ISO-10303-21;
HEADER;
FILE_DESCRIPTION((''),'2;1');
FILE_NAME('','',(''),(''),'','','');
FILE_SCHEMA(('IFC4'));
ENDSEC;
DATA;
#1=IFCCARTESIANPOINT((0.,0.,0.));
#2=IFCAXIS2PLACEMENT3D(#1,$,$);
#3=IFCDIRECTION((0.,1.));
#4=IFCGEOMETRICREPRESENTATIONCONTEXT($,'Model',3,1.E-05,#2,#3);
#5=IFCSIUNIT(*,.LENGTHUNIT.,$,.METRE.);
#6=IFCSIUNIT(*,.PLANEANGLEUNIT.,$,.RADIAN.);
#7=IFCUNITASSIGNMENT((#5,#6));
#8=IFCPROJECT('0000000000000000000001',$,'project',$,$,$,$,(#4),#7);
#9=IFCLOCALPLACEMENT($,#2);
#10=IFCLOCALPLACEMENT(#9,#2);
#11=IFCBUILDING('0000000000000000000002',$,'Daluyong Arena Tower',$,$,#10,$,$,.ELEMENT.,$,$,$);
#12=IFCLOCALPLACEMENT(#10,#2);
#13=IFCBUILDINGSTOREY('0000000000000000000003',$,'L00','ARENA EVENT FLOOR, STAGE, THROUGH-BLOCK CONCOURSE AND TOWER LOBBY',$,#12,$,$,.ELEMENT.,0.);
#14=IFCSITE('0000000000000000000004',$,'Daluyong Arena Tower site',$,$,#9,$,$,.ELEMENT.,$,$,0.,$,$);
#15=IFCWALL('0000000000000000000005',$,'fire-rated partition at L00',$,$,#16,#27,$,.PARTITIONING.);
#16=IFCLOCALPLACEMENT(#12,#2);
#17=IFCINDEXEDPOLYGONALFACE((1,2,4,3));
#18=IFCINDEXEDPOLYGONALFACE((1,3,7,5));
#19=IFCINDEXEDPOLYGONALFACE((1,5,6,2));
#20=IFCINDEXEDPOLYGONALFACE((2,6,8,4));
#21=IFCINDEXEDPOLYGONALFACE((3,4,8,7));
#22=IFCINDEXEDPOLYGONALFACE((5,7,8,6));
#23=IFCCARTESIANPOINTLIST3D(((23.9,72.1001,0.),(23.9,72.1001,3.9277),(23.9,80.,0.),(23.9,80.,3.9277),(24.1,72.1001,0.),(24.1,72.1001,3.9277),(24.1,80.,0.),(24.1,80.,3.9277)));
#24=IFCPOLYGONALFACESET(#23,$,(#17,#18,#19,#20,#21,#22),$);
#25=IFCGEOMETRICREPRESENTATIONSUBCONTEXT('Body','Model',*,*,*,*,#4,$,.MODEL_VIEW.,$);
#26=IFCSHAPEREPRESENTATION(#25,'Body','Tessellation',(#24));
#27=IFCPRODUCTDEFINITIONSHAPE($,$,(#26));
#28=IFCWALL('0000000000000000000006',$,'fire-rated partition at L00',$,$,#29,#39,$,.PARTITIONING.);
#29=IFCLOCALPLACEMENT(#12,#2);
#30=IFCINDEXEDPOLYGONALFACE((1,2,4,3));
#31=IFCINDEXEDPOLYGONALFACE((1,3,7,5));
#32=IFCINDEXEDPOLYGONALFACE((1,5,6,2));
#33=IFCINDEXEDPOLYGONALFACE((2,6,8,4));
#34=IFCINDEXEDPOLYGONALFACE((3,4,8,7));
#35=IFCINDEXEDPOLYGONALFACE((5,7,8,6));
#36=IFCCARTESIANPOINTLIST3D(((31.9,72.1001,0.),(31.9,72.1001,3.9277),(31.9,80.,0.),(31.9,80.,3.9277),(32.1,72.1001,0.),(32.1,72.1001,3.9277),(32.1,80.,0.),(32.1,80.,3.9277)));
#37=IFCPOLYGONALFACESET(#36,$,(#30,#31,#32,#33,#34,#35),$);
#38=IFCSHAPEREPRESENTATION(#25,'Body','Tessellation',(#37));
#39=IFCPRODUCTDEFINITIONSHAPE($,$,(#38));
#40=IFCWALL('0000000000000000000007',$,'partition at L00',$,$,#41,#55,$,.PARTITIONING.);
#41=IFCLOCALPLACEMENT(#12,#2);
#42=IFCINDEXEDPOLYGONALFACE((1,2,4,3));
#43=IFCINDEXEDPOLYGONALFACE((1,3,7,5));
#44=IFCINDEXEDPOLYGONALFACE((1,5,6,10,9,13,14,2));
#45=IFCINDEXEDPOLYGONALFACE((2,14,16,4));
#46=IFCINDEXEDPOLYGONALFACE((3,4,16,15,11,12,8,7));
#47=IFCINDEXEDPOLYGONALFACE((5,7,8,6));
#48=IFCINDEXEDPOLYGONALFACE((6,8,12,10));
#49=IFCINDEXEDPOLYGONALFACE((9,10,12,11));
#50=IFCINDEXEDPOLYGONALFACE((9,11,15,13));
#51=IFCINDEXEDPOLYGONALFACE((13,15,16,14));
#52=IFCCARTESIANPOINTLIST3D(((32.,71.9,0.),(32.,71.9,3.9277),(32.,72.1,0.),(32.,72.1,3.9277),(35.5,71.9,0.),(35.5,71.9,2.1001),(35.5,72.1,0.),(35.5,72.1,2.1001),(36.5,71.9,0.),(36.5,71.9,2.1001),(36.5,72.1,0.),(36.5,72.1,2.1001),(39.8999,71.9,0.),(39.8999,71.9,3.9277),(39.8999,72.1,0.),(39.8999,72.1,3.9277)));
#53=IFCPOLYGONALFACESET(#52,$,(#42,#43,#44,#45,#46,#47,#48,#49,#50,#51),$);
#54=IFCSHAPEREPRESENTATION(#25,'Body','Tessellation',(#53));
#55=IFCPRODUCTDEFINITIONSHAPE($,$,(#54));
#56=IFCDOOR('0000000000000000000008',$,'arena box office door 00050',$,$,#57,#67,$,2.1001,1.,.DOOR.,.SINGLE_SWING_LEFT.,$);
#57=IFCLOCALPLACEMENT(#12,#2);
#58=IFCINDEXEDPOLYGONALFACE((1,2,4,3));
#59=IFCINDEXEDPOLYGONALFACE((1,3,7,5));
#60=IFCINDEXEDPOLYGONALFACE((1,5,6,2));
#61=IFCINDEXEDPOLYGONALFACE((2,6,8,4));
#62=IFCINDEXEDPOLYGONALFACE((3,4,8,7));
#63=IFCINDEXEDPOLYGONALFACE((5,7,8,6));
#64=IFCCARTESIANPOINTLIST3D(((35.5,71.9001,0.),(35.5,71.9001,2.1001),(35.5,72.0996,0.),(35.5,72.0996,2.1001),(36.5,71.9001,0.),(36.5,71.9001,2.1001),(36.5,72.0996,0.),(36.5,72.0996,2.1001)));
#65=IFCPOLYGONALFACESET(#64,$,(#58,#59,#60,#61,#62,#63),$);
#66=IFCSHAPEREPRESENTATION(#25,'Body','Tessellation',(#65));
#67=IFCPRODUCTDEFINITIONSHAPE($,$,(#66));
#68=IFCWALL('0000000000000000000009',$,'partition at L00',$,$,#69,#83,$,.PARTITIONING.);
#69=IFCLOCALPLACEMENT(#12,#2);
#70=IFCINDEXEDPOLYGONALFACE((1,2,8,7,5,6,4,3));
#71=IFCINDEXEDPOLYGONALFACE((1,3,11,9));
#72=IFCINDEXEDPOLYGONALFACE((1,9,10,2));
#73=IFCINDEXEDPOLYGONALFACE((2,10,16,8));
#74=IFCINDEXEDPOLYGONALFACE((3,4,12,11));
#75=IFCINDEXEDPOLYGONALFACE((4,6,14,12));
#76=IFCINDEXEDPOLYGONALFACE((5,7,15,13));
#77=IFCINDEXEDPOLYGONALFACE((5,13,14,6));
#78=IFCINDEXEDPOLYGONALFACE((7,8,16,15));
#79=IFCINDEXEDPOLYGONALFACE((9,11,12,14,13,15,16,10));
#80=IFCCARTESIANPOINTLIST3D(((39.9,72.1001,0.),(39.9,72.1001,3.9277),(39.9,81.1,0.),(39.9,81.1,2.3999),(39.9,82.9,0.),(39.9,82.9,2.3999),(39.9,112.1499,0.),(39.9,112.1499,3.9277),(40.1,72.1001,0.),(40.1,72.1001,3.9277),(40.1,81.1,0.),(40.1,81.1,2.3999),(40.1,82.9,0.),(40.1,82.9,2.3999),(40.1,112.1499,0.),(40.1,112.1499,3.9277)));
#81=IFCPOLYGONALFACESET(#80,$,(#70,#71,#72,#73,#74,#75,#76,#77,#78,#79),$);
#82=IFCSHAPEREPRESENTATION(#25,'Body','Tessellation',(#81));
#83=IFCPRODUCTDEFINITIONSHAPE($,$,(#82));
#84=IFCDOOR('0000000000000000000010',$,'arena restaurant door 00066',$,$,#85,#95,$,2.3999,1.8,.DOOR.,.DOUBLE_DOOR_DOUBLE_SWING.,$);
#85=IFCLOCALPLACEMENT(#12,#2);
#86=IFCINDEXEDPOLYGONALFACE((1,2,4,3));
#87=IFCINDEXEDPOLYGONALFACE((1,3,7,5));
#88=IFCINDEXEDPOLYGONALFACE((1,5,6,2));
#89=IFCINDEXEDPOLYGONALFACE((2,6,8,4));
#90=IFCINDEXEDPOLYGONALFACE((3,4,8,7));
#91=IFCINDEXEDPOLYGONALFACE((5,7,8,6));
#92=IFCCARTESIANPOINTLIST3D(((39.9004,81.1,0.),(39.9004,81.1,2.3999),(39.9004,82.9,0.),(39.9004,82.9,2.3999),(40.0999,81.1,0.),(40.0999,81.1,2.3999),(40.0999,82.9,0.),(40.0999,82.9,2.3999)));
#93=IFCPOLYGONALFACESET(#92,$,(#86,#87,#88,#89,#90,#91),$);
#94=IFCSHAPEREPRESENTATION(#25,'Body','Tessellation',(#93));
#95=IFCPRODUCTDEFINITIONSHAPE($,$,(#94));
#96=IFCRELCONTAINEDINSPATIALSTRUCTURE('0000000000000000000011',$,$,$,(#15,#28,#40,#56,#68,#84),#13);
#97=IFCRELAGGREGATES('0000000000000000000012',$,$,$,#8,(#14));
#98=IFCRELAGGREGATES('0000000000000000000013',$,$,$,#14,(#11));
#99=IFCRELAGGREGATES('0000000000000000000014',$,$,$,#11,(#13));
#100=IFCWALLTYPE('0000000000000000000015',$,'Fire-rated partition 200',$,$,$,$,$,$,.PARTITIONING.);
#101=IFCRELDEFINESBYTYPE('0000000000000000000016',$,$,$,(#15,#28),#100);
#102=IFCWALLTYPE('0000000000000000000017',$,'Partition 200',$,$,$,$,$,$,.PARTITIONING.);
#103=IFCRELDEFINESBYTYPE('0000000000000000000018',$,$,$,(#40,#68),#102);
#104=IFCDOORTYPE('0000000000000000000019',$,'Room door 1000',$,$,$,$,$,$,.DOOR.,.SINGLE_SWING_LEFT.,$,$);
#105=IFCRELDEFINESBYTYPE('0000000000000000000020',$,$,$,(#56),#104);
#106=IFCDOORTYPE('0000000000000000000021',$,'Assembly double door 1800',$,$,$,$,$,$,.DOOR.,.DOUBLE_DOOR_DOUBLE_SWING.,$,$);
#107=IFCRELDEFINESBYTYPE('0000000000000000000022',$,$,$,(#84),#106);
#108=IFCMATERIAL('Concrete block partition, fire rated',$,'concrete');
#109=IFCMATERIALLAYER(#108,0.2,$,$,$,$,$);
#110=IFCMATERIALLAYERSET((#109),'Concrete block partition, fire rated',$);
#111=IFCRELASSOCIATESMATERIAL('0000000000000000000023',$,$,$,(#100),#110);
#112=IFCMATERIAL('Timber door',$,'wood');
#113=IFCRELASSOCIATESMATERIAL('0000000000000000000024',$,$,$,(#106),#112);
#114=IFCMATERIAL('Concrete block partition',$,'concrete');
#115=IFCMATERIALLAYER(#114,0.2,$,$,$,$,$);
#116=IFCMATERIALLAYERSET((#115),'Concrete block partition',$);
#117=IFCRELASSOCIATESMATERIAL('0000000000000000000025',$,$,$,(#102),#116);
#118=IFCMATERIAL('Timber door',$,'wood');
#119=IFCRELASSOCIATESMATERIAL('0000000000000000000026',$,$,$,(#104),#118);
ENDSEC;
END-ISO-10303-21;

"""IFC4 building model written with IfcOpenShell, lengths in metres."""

from ifc_helpers import new_model, si_unit, direction, frame, frame_2d, origin, place, context, subcontext, project, spatial, rectangle, extrude, material, layer, layer_set, type_object, element, fill, save


model = new_model("IFC4")

# Units and contexts
model_context = context("Model", 3, precision=1e-05, world=origin(), true_north=direction((0.0, 1.0)))
body_context = subcontext(model_context, "Body", "Model", "MODEL_VIEW")
ifc_project = project(units=[si_unit("LENGTHUNIT", "METRE"), si_unit("PLANEANGLEUNIT", "RADIAN")], contexts=[model_context])

# Site, building, storey
site_placement = place(None, origin())
site = spatial("IfcSite", under=ifc_project, at=site_placement, Name="Daluyong Arena Tower site", CompositionType="ELEMENT", RefElevation=0.0)
building_placement = place(site_placement, origin())
building = spatial("IfcBuilding", under=site, at=building_placement, Name="Daluyong Arena Tower", CompositionType="ELEMENT")
storey_placement = place(building_placement, origin())
storey = spatial("IfcBuildingStorey", under=building, at=storey_placement, Name="L00", Description="ARENA EVENT FLOOR, STAGE, THROUGH-BLOCK CONCOURSE AND TOWER LOBBY", CompositionType="ELEMENT", Elevation=0.0)

# Shared definitions
ifc_material_1 = material(Name="Concrete block partition, fire rated", Category="concrete")
ifc_layer_1 = layer(ifc_material_1, 0.2)
ifc_layer_set_1 = layer_set([ifc_layer_1], Name="Concrete block partition, fire rated")
wall_type_1 = type_object("IfcWallType", Name="Fire-rated partition 200", PredefinedType="PARTITIONING", material=ifc_layer_set_1)

# Walls
for number, where, z_axis, x_axis, name in (
    (1, (24.0, 72.1001, 0.0), (0.0, 0.0, 1.0), (0.0, 1.0, 0.0), "fire-rated partition at L00"),
    (2, (32.0, 72.1001, 0.0), (0.0, 0.0, 1.0), (0.0, 1.0, 0.0), "fire-rated partition at L00"),
):
    element("IfcWall", number, at=place(storey_placement, frame(where, z_axis=z_axis, x_axis=x_axis)), inside=storey, type_object=wall_type_1, Name=name, PredefinedType="PARTITIONING", context=body_context, shape_type="SweptSolid", body=[
        extrude(rectangle(XDim=7.8999, YDim=0.2, at=frame_2d((3.95, 0.0))), origin(), (0.0, 0.0, 1.0), 3.9277),
    ])

# Walls, openings, doors
ifc_material_2 = material(Name="Timber door", Category="wood")
door_type_1 = type_object("IfcDoorType", Name="Assembly double door 1800", OperationType="DOUBLE_DOOR_DOUBLE_SWING", PredefinedType="DOOR", material=ifc_material_2)
ifc_material_3 = material(Name="Concrete block partition", Category="concrete")
ifc_layer_2 = layer(ifc_material_3, 0.2)
ifc_layer_set_2 = layer_set([ifc_layer_2], Name="Concrete block partition")
wall_type_2 = type_object("IfcWallType", Name="Partition 200", PredefinedType="PARTITIONING", material=ifc_layer_set_2)
wall_1_placement = place(storey_placement, frame((32.0, 72.0, 0.0), z_axis=(0.0, 0.0, 1.0), x_axis=(1.0, 0.0, 0.0)))
wall_1 = element("IfcWall", 3, at=wall_1_placement, inside=storey, type_object=wall_type_2, Name="partition at L00", PredefinedType="PARTITIONING", context=body_context, shape_type="SweptSolid", body=[
    extrude(rectangle(XDim=7.8999, YDim=0.2, at=frame_2d((3.95, 0.0))), origin(), (0.0, 0.0, 1.0), 3.9277),
])
opening_1_placement = place(wall_1_placement, frame((3.5, 0.0, 0.0)))
opening_1 = element("IfcOpeningElement", 4, at=opening_1_placement, cuts=wall_1, PredefinedType="OPENING", context=body_context, shape_type="SweptSolid", body=[
    extrude(rectangle(XDim=1.0, YDim=2.1001, at=frame_2d((0.5, 1.05))), frame((0.0, 0.1099, 0.0), z_axis=(0.0, -1.0, 0.0), x_axis=(1.0, 0.0, 0.0)), (0.0, 0.0, 1.0), 0.22),
])
ifc_material_4 = material(Name="Timber door", Category="wood")
door_type_2 = type_object("IfcDoorType", Name="Room door 1000", OperationType="SINGLE_SWING_LEFT", PredefinedType="DOOR", material=ifc_material_4)
door_1_placement = place(opening_1_placement, origin())
door_1 = element("IfcDoor", 5, at=door_1_placement, inside=storey, type_object=door_type_2, Name="arena box office door 00050", OperationType="SINGLE_SWING_LEFT", OverallHeight=2.1001, OverallWidth=1.0, PredefinedType="DOOR", context=body_context, shape_type="SweptSolid", body=[
    extrude(rectangle(XDim=1.0, YDim=2.1001, at=frame_2d((0.5, 1.05))), frame((0.0, 0.0996, 0.0), z_axis=(0.0, -1.0, 0.0), x_axis=(1.0, 0.0, 0.0)), (0.0, 0.0, 1.0), 0.1995),
])
fill(opening_1, door_1)
wall_2_placement = place(storey_placement, frame((40.0, 72.1001, 0.0), z_axis=(0.0, 0.0, 1.0), x_axis=(0.0, 1.0, 0.0)))
wall_2 = element("IfcWall", 6, at=wall_2_placement, inside=storey, type_object=wall_type_2, Name="partition at L00", PredefinedType="PARTITIONING", context=body_context, shape_type="SweptSolid", body=[
    extrude(rectangle(XDim=40.0498, YDim=0.2, at=frame_2d((20.0249, 0.0))), origin(), (0.0, 0.0, 1.0), 3.9277),
])
opening_2_placement = place(wall_2_placement, frame((9.0, 0.0, 0.0)))
opening_2 = element("IfcOpeningElement", 7, at=opening_2_placement, cuts=wall_2, PredefinedType="OPENING", context=body_context, shape_type="SweptSolid", body=[
    extrude(rectangle(XDim=1.8, YDim=2.3999, at=frame_2d((0.8999, 1.2))), frame((0.0, 0.1099, 0.0), z_axis=(0.0, -1.0, 0.0), x_axis=(1.0, 0.0, 0.0)), (0.0, 0.0, 1.0), 0.22),
])
door_2_placement = place(opening_2_placement, origin())
door_2 = element("IfcDoor", 8, at=door_2_placement, inside=storey, type_object=door_type_1, Name="arena restaurant door 00066", OperationType="DOUBLE_DOOR_DOUBLE_SWING", OverallHeight=2.3999, OverallWidth=1.8, PredefinedType="DOOR", context=body_context, shape_type="SweptSolid", body=[
    extrude(rectangle(XDim=1.8, YDim=2.3999, at=frame_2d((0.8999, 1.2))), frame((0.0, 0.0996, 0.0), z_axis=(0.0, -1.0, 0.0), x_axis=(1.0, 0.0, 0.0)), (0.0, 0.0, 1.0), 0.1995),
])
fill(opening_2, door_2)

save(model, "model.ifc")
